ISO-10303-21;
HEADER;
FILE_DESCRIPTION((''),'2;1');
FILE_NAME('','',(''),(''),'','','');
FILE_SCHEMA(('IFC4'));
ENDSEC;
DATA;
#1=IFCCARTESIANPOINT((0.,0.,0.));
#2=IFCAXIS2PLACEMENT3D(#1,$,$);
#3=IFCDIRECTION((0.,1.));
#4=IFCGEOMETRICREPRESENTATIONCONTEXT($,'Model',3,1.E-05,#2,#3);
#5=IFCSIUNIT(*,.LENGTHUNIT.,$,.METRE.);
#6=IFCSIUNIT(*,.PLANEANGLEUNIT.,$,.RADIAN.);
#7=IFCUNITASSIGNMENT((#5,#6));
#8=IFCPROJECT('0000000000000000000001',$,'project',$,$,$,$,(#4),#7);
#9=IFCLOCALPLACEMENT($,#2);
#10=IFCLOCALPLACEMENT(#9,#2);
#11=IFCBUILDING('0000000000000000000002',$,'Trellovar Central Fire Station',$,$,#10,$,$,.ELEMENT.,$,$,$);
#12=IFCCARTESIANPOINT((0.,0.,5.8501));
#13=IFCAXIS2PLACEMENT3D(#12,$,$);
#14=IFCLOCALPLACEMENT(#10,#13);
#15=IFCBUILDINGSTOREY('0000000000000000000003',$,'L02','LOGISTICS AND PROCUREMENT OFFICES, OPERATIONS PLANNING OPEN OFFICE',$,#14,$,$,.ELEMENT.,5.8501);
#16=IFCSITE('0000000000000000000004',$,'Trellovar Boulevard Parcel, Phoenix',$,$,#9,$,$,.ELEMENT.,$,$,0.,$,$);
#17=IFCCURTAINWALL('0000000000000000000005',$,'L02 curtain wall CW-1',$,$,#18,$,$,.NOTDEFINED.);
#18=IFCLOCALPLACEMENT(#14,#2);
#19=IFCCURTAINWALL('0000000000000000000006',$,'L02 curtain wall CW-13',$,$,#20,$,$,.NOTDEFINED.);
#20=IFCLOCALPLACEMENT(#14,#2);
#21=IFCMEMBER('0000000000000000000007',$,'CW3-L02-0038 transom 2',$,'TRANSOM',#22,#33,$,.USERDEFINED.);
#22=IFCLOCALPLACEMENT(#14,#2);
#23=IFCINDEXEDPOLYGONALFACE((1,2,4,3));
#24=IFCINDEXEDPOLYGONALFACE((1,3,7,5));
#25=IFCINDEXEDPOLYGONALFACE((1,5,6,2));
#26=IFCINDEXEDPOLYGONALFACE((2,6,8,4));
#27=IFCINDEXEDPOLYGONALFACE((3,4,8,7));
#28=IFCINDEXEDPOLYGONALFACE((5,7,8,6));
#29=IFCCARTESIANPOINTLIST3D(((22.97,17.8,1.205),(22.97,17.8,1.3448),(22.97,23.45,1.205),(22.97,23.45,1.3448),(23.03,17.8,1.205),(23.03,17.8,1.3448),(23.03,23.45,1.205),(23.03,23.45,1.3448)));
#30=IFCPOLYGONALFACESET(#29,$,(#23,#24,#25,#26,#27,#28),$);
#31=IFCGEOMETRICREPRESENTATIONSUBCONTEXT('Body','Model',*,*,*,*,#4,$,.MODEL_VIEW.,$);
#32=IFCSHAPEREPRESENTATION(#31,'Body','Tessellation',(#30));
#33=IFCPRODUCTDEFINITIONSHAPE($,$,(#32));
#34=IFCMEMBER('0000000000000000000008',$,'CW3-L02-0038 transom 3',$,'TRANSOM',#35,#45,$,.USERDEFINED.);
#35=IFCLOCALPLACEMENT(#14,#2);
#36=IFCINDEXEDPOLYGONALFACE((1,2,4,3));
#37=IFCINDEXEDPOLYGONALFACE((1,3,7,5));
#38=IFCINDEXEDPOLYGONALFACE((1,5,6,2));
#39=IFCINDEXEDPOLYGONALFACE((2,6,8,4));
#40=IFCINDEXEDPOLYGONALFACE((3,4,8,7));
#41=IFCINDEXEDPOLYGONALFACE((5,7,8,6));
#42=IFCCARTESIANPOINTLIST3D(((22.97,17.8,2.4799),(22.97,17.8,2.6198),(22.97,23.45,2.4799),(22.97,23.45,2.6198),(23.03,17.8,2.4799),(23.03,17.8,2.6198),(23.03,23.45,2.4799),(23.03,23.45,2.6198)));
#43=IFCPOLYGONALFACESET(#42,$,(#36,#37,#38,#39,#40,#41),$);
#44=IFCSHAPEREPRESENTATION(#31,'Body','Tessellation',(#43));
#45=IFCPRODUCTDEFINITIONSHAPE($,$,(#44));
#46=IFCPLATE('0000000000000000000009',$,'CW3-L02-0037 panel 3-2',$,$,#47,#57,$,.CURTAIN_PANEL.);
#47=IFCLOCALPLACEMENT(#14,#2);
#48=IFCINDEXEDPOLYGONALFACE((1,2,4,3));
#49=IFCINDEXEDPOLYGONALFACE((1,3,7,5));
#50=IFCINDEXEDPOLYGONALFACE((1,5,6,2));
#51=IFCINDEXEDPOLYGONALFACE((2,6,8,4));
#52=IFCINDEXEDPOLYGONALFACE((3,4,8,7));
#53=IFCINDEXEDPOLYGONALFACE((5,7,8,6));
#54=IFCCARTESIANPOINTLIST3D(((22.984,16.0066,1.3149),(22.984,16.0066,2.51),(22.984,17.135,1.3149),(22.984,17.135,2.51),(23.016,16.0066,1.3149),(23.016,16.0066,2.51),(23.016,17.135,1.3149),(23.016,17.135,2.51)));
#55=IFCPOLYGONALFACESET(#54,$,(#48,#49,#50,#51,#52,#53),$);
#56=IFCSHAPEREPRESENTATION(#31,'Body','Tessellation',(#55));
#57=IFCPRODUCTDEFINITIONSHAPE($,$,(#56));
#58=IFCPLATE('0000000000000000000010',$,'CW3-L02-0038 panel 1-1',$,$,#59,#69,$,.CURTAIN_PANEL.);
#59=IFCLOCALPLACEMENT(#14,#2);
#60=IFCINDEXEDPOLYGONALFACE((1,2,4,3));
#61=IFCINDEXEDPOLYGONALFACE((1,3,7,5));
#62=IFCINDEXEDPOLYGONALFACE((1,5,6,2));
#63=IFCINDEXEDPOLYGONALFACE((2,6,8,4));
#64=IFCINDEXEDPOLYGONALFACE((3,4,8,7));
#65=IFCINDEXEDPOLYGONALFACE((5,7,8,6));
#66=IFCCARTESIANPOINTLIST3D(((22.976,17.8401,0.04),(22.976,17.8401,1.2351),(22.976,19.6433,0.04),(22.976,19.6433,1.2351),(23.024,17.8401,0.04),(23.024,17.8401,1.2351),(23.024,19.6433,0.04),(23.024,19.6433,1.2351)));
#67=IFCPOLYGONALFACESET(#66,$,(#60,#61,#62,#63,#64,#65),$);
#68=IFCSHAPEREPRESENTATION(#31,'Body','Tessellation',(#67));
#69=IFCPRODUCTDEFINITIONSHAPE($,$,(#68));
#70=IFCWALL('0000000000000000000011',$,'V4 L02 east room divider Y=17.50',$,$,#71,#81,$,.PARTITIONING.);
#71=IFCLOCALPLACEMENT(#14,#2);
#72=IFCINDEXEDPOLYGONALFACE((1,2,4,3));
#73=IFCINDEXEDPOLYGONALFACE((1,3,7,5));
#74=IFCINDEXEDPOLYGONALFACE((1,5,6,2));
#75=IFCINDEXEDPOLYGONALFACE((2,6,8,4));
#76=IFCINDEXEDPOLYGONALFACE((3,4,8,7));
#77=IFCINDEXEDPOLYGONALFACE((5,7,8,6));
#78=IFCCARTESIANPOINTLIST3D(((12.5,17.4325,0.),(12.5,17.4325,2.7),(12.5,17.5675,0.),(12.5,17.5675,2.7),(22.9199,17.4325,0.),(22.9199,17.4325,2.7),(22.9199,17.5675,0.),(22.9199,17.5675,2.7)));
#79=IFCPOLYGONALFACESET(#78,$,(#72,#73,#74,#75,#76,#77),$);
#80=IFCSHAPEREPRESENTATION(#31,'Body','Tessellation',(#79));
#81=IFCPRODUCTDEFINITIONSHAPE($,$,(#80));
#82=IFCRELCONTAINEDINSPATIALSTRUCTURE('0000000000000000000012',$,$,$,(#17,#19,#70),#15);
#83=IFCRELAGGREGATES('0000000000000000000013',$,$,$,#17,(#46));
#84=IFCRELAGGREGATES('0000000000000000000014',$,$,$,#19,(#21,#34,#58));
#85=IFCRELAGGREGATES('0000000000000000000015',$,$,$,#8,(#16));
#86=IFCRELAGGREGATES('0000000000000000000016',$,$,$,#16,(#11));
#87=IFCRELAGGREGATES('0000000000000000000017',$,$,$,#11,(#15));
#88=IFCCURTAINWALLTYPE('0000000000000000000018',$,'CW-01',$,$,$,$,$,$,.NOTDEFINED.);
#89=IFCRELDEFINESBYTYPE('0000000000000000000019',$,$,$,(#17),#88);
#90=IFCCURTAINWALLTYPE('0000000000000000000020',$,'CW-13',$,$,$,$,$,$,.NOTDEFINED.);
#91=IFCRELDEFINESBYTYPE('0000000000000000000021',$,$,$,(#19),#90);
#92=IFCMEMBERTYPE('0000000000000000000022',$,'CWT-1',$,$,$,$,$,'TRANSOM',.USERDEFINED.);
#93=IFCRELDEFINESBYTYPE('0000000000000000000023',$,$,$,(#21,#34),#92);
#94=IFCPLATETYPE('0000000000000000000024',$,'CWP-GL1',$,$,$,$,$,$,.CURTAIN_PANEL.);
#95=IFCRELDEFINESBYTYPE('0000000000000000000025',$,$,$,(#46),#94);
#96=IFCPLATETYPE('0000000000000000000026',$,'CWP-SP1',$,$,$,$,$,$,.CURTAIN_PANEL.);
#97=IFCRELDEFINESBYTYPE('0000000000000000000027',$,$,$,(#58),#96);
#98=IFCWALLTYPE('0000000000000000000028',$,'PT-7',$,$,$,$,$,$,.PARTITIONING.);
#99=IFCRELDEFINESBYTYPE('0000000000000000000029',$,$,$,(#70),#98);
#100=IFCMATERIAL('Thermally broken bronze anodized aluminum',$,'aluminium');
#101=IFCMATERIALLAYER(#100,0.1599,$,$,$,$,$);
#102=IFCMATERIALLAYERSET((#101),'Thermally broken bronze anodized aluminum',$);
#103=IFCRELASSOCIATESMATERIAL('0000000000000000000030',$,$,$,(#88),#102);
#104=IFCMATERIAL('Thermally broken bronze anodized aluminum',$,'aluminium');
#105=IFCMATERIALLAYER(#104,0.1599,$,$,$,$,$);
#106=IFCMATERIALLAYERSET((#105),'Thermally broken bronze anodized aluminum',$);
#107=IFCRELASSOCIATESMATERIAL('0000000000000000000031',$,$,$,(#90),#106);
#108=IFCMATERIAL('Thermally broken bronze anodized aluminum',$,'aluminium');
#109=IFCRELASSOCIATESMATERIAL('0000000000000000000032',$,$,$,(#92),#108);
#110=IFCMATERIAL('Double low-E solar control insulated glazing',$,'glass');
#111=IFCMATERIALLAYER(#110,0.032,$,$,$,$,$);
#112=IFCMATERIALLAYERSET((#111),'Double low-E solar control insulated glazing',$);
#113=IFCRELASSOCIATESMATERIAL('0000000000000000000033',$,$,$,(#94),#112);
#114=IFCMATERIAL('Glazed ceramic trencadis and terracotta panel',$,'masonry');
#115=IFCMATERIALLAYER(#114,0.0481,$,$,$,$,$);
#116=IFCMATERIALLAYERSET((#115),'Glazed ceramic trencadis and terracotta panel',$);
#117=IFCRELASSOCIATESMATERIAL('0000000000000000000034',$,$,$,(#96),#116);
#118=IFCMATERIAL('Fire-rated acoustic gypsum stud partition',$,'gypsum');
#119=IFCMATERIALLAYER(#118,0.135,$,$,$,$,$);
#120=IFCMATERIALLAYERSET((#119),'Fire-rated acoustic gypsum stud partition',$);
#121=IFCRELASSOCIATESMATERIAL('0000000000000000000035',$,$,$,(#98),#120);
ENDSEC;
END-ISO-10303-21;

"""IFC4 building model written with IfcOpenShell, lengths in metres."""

from ifc_helpers import new_model, si_unit, direction, frame, frame_2d, origin, origin_2d, place, context, subcontext, project, spatial, rectangle, extrude, material, layer, layer_set, material_profile, profile_set, type_object, element, aggregate, save


model = new_model("IFC4")

# Units and contexts
model_context = context("Model", 3, precision=1e-05, world=origin(), true_north=direction((0.0, 1.0)))
body_context = subcontext(model_context, "Body", "Model", "MODEL_VIEW")
ifc_project = project(units=[si_unit("LENGTHUNIT", "METRE"), si_unit("PLANEANGLEUNIT", "RADIAN")], contexts=[model_context])

# Site, building, storey
site_placement = place(None, origin())
site = spatial("IfcSite", under=ifc_project, at=site_placement, Name="Trellovar Boulevard Parcel, Phoenix", CompositionType="ELEMENT", RefElevation=0.0)
building_placement = place(site_placement, origin())
building = spatial("IfcBuilding", under=site, at=building_placement, Name="Trellovar Central Fire Station", CompositionType="ELEMENT")
storey_placement = place(building_placement, frame((0.0, 0.0, 5.8501)))
storey = spatial("IfcBuildingStorey", under=building, at=storey_placement, Name="L02", Description="LOGISTICS AND PROCUREMENT OFFICES, OPERATIONS PLANNING OPEN OFFICE", CompositionType="ELEMENT", Elevation=5.8501)

# Curtain wall
ifc_material_1 = material(Name="Thermally broken bronze anodized aluminum", Category="aluminium")
ifc_layer_1 = layer(ifc_material_1, 0.1599)
ifc_layer_set_1 = layer_set([ifc_layer_1], Name="Thermally broken bronze anodized aluminum")
curtain_wall_type_1 = type_object("IfcCurtainWallType", Name="CW-01", PredefinedType="NOTDEFINED", material=ifc_layer_set_1)
curtain_wall_1_placement = place(storey_placement, origin())
curtain_wall_1 = element("IfcCurtainWall", 1, at=curtain_wall_1_placement, inside=storey, type_object=curtain_wall_type_1, Name="L02 curtain wall CW-1", PredefinedType="NOTDEFINED")

# Curtain wall, members
ifc_material_2 = material(Name="Thermally broken bronze anodized aluminum", Category="aluminium")
ifc_layer_2 = layer(ifc_material_2, 0.1599)
ifc_layer_set_2 = layer_set([ifc_layer_2], Name="Thermally broken bronze anodized aluminum")
curtain_wall_type_2 = type_object("IfcCurtainWallType", Name="CW-13", PredefinedType="NOTDEFINED", material=ifc_layer_set_2)
curtain_wall_2_placement = place(storey_placement, origin())
curtain_wall_2 = element("IfcCurtainWall", 2, at=curtain_wall_2_placement, inside=storey, type_object=curtain_wall_type_2, Name="L02 curtain wall CW-13", PredefinedType="NOTDEFINED")
ifc_material_3 = material(Name="Thermally broken bronze anodized aluminum", Category="aluminium")
ifc_material_profile_1 = material_profile(ifc_material_3, rectangle(XDim=0.0601, YDim=0.1399, at=origin_2d()), Name="ALU60X140")
ifc_profile_set_1 = profile_set([ifc_material_profile_1], Name="Thermally broken bronze anodized aluminum")
member_type_1 = type_object("IfcMemberType", Name="CWT-1", ElementType="TRANSOM", PredefinedType="USERDEFINED", material=ifc_profile_set_1)
member_1_placement = place(storey_placement, frame((23.0, 17.8, 1.2749), z_axis=(0.0, 1.0, 0.0), x_axis=(-1.0, 0.0, 0.0)))
member_1 = element("IfcMember", 3, at=member_1_placement, type_object=member_type_1, Name="CW3-L02-0038 transom 2", ObjectType="TRANSOM", PredefinedType="USERDEFINED", context=body_context, shape_type="SweptSolid", body=[
    extrude(rectangle(XDim=0.0601, YDim=0.1399, at=origin_2d()), origin(), (0.0, 0.0, 1.0), 5.6499),
])
member_2_placement = place(storey_placement, frame((23.0, 17.8, 2.5498), z_axis=(0.0, 1.0, 0.0), x_axis=(-1.0, 0.0, 0.0)))
member_2 = element("IfcMember", 4, at=member_2_placement, type_object=member_type_1, Name="CW3-L02-0038 transom 3", ObjectType="TRANSOM", PredefinedType="USERDEFINED", context=body_context, shape_type="SweptSolid", body=[
    extrude(rectangle(XDim=0.0601, YDim=0.1399, at=origin_2d()), origin(), (0.0, 0.0, 1.0), 5.6499),
])

# Plates
ifc_material_4 = material(Name="Double low-E solar control insulated glazing", Category="glass")
ifc_layer_3 = layer(ifc_material_4, 0.032)
ifc_layer_set_3 = layer_set([ifc_layer_3], Name="Double low-E solar control insulated glazing")
plate_type_1 = type_object("IfcPlateType", Name="CWP-GL1", PredefinedType="CURTAIN_PANEL", material=ifc_layer_set_3)
plate_1_placement = place(storey_placement, frame((23.0, 16.5708, 1.3149), z_axis=(0.0, 0.0, 1.0), x_axis=(0.0, 1.0, 0.0)))
plate_1 = element("IfcPlate", 5, at=plate_1_placement, type_object=plate_type_1, Name="CW3-L02-0037 panel 3-2", PredefinedType="CURTAIN_PANEL", context=body_context, shape_type="SweptSolid", body=[
    extrude(rectangle(XDim=1.1284, YDim=0.032, at=origin_2d()), origin(), (0.0, 0.0, 1.0), 1.1951),
])
aggregate(curtain_wall_1, [plate_1])
ifc_material_5 = material(Name="Glazed ceramic trencadis and terracotta panel", Category="masonry")
ifc_layer_4 = layer(ifc_material_5, 0.0481)
ifc_layer_set_4 = layer_set([ifc_layer_4], Name="Glazed ceramic trencadis and terracotta panel")
plate_type_2 = type_object("IfcPlateType", Name="CWP-SP1", PredefinedType="CURTAIN_PANEL", material=ifc_layer_set_4)
plate_2_placement = place(storey_placement, frame((23.0, 18.7417, 0.04), z_axis=(0.0, 0.0, 1.0), x_axis=(0.0, 1.0, 0.0)))
plate_2 = element("IfcPlate", 6, at=plate_2_placement, type_object=plate_type_2, Name="CW3-L02-0038 panel 1-1", PredefinedType="CURTAIN_PANEL", context=body_context, shape_type="SweptSolid", body=[
    extrude(rectangle(XDim=1.8032, YDim=0.0481, at=origin_2d()), origin(), (0.0, 0.0, 1.0), 1.1951),
])
aggregate(curtain_wall_2, [member_1, member_2, plate_2])

# Wall
ifc_material_6 = material(Name="Fire-rated acoustic gypsum stud partition", Category="gypsum")
ifc_layer_5 = layer(ifc_material_6, 0.135)
ifc_layer_set_5 = layer_set([ifc_layer_5], Name="Fire-rated acoustic gypsum stud partition")
wall_type_1 = type_object("IfcWallType", Name="PT-7", PredefinedType="PARTITIONING", material=ifc_layer_set_5)
wall_1_placement = place(storey_placement, frame((12.5, 17.5, 0.0), z_axis=(0.0, 0.0, 1.0), x_axis=(1.0, 0.0, 0.0)))
element("IfcWall", 7, at=wall_1_placement, inside=storey, type_object=wall_type_1, Name="V4 L02 east room divider Y=17.50", PredefinedType="PARTITIONING", context=body_context, shape_type="SweptSolid", body=[
    extrude(rectangle(XDim=10.4199, YDim=0.135, at=frame_2d((5.21, 0.0))), origin(), (0.0, 0.0, 1.0), 2.7),
])

save(model, "model.ifc")
